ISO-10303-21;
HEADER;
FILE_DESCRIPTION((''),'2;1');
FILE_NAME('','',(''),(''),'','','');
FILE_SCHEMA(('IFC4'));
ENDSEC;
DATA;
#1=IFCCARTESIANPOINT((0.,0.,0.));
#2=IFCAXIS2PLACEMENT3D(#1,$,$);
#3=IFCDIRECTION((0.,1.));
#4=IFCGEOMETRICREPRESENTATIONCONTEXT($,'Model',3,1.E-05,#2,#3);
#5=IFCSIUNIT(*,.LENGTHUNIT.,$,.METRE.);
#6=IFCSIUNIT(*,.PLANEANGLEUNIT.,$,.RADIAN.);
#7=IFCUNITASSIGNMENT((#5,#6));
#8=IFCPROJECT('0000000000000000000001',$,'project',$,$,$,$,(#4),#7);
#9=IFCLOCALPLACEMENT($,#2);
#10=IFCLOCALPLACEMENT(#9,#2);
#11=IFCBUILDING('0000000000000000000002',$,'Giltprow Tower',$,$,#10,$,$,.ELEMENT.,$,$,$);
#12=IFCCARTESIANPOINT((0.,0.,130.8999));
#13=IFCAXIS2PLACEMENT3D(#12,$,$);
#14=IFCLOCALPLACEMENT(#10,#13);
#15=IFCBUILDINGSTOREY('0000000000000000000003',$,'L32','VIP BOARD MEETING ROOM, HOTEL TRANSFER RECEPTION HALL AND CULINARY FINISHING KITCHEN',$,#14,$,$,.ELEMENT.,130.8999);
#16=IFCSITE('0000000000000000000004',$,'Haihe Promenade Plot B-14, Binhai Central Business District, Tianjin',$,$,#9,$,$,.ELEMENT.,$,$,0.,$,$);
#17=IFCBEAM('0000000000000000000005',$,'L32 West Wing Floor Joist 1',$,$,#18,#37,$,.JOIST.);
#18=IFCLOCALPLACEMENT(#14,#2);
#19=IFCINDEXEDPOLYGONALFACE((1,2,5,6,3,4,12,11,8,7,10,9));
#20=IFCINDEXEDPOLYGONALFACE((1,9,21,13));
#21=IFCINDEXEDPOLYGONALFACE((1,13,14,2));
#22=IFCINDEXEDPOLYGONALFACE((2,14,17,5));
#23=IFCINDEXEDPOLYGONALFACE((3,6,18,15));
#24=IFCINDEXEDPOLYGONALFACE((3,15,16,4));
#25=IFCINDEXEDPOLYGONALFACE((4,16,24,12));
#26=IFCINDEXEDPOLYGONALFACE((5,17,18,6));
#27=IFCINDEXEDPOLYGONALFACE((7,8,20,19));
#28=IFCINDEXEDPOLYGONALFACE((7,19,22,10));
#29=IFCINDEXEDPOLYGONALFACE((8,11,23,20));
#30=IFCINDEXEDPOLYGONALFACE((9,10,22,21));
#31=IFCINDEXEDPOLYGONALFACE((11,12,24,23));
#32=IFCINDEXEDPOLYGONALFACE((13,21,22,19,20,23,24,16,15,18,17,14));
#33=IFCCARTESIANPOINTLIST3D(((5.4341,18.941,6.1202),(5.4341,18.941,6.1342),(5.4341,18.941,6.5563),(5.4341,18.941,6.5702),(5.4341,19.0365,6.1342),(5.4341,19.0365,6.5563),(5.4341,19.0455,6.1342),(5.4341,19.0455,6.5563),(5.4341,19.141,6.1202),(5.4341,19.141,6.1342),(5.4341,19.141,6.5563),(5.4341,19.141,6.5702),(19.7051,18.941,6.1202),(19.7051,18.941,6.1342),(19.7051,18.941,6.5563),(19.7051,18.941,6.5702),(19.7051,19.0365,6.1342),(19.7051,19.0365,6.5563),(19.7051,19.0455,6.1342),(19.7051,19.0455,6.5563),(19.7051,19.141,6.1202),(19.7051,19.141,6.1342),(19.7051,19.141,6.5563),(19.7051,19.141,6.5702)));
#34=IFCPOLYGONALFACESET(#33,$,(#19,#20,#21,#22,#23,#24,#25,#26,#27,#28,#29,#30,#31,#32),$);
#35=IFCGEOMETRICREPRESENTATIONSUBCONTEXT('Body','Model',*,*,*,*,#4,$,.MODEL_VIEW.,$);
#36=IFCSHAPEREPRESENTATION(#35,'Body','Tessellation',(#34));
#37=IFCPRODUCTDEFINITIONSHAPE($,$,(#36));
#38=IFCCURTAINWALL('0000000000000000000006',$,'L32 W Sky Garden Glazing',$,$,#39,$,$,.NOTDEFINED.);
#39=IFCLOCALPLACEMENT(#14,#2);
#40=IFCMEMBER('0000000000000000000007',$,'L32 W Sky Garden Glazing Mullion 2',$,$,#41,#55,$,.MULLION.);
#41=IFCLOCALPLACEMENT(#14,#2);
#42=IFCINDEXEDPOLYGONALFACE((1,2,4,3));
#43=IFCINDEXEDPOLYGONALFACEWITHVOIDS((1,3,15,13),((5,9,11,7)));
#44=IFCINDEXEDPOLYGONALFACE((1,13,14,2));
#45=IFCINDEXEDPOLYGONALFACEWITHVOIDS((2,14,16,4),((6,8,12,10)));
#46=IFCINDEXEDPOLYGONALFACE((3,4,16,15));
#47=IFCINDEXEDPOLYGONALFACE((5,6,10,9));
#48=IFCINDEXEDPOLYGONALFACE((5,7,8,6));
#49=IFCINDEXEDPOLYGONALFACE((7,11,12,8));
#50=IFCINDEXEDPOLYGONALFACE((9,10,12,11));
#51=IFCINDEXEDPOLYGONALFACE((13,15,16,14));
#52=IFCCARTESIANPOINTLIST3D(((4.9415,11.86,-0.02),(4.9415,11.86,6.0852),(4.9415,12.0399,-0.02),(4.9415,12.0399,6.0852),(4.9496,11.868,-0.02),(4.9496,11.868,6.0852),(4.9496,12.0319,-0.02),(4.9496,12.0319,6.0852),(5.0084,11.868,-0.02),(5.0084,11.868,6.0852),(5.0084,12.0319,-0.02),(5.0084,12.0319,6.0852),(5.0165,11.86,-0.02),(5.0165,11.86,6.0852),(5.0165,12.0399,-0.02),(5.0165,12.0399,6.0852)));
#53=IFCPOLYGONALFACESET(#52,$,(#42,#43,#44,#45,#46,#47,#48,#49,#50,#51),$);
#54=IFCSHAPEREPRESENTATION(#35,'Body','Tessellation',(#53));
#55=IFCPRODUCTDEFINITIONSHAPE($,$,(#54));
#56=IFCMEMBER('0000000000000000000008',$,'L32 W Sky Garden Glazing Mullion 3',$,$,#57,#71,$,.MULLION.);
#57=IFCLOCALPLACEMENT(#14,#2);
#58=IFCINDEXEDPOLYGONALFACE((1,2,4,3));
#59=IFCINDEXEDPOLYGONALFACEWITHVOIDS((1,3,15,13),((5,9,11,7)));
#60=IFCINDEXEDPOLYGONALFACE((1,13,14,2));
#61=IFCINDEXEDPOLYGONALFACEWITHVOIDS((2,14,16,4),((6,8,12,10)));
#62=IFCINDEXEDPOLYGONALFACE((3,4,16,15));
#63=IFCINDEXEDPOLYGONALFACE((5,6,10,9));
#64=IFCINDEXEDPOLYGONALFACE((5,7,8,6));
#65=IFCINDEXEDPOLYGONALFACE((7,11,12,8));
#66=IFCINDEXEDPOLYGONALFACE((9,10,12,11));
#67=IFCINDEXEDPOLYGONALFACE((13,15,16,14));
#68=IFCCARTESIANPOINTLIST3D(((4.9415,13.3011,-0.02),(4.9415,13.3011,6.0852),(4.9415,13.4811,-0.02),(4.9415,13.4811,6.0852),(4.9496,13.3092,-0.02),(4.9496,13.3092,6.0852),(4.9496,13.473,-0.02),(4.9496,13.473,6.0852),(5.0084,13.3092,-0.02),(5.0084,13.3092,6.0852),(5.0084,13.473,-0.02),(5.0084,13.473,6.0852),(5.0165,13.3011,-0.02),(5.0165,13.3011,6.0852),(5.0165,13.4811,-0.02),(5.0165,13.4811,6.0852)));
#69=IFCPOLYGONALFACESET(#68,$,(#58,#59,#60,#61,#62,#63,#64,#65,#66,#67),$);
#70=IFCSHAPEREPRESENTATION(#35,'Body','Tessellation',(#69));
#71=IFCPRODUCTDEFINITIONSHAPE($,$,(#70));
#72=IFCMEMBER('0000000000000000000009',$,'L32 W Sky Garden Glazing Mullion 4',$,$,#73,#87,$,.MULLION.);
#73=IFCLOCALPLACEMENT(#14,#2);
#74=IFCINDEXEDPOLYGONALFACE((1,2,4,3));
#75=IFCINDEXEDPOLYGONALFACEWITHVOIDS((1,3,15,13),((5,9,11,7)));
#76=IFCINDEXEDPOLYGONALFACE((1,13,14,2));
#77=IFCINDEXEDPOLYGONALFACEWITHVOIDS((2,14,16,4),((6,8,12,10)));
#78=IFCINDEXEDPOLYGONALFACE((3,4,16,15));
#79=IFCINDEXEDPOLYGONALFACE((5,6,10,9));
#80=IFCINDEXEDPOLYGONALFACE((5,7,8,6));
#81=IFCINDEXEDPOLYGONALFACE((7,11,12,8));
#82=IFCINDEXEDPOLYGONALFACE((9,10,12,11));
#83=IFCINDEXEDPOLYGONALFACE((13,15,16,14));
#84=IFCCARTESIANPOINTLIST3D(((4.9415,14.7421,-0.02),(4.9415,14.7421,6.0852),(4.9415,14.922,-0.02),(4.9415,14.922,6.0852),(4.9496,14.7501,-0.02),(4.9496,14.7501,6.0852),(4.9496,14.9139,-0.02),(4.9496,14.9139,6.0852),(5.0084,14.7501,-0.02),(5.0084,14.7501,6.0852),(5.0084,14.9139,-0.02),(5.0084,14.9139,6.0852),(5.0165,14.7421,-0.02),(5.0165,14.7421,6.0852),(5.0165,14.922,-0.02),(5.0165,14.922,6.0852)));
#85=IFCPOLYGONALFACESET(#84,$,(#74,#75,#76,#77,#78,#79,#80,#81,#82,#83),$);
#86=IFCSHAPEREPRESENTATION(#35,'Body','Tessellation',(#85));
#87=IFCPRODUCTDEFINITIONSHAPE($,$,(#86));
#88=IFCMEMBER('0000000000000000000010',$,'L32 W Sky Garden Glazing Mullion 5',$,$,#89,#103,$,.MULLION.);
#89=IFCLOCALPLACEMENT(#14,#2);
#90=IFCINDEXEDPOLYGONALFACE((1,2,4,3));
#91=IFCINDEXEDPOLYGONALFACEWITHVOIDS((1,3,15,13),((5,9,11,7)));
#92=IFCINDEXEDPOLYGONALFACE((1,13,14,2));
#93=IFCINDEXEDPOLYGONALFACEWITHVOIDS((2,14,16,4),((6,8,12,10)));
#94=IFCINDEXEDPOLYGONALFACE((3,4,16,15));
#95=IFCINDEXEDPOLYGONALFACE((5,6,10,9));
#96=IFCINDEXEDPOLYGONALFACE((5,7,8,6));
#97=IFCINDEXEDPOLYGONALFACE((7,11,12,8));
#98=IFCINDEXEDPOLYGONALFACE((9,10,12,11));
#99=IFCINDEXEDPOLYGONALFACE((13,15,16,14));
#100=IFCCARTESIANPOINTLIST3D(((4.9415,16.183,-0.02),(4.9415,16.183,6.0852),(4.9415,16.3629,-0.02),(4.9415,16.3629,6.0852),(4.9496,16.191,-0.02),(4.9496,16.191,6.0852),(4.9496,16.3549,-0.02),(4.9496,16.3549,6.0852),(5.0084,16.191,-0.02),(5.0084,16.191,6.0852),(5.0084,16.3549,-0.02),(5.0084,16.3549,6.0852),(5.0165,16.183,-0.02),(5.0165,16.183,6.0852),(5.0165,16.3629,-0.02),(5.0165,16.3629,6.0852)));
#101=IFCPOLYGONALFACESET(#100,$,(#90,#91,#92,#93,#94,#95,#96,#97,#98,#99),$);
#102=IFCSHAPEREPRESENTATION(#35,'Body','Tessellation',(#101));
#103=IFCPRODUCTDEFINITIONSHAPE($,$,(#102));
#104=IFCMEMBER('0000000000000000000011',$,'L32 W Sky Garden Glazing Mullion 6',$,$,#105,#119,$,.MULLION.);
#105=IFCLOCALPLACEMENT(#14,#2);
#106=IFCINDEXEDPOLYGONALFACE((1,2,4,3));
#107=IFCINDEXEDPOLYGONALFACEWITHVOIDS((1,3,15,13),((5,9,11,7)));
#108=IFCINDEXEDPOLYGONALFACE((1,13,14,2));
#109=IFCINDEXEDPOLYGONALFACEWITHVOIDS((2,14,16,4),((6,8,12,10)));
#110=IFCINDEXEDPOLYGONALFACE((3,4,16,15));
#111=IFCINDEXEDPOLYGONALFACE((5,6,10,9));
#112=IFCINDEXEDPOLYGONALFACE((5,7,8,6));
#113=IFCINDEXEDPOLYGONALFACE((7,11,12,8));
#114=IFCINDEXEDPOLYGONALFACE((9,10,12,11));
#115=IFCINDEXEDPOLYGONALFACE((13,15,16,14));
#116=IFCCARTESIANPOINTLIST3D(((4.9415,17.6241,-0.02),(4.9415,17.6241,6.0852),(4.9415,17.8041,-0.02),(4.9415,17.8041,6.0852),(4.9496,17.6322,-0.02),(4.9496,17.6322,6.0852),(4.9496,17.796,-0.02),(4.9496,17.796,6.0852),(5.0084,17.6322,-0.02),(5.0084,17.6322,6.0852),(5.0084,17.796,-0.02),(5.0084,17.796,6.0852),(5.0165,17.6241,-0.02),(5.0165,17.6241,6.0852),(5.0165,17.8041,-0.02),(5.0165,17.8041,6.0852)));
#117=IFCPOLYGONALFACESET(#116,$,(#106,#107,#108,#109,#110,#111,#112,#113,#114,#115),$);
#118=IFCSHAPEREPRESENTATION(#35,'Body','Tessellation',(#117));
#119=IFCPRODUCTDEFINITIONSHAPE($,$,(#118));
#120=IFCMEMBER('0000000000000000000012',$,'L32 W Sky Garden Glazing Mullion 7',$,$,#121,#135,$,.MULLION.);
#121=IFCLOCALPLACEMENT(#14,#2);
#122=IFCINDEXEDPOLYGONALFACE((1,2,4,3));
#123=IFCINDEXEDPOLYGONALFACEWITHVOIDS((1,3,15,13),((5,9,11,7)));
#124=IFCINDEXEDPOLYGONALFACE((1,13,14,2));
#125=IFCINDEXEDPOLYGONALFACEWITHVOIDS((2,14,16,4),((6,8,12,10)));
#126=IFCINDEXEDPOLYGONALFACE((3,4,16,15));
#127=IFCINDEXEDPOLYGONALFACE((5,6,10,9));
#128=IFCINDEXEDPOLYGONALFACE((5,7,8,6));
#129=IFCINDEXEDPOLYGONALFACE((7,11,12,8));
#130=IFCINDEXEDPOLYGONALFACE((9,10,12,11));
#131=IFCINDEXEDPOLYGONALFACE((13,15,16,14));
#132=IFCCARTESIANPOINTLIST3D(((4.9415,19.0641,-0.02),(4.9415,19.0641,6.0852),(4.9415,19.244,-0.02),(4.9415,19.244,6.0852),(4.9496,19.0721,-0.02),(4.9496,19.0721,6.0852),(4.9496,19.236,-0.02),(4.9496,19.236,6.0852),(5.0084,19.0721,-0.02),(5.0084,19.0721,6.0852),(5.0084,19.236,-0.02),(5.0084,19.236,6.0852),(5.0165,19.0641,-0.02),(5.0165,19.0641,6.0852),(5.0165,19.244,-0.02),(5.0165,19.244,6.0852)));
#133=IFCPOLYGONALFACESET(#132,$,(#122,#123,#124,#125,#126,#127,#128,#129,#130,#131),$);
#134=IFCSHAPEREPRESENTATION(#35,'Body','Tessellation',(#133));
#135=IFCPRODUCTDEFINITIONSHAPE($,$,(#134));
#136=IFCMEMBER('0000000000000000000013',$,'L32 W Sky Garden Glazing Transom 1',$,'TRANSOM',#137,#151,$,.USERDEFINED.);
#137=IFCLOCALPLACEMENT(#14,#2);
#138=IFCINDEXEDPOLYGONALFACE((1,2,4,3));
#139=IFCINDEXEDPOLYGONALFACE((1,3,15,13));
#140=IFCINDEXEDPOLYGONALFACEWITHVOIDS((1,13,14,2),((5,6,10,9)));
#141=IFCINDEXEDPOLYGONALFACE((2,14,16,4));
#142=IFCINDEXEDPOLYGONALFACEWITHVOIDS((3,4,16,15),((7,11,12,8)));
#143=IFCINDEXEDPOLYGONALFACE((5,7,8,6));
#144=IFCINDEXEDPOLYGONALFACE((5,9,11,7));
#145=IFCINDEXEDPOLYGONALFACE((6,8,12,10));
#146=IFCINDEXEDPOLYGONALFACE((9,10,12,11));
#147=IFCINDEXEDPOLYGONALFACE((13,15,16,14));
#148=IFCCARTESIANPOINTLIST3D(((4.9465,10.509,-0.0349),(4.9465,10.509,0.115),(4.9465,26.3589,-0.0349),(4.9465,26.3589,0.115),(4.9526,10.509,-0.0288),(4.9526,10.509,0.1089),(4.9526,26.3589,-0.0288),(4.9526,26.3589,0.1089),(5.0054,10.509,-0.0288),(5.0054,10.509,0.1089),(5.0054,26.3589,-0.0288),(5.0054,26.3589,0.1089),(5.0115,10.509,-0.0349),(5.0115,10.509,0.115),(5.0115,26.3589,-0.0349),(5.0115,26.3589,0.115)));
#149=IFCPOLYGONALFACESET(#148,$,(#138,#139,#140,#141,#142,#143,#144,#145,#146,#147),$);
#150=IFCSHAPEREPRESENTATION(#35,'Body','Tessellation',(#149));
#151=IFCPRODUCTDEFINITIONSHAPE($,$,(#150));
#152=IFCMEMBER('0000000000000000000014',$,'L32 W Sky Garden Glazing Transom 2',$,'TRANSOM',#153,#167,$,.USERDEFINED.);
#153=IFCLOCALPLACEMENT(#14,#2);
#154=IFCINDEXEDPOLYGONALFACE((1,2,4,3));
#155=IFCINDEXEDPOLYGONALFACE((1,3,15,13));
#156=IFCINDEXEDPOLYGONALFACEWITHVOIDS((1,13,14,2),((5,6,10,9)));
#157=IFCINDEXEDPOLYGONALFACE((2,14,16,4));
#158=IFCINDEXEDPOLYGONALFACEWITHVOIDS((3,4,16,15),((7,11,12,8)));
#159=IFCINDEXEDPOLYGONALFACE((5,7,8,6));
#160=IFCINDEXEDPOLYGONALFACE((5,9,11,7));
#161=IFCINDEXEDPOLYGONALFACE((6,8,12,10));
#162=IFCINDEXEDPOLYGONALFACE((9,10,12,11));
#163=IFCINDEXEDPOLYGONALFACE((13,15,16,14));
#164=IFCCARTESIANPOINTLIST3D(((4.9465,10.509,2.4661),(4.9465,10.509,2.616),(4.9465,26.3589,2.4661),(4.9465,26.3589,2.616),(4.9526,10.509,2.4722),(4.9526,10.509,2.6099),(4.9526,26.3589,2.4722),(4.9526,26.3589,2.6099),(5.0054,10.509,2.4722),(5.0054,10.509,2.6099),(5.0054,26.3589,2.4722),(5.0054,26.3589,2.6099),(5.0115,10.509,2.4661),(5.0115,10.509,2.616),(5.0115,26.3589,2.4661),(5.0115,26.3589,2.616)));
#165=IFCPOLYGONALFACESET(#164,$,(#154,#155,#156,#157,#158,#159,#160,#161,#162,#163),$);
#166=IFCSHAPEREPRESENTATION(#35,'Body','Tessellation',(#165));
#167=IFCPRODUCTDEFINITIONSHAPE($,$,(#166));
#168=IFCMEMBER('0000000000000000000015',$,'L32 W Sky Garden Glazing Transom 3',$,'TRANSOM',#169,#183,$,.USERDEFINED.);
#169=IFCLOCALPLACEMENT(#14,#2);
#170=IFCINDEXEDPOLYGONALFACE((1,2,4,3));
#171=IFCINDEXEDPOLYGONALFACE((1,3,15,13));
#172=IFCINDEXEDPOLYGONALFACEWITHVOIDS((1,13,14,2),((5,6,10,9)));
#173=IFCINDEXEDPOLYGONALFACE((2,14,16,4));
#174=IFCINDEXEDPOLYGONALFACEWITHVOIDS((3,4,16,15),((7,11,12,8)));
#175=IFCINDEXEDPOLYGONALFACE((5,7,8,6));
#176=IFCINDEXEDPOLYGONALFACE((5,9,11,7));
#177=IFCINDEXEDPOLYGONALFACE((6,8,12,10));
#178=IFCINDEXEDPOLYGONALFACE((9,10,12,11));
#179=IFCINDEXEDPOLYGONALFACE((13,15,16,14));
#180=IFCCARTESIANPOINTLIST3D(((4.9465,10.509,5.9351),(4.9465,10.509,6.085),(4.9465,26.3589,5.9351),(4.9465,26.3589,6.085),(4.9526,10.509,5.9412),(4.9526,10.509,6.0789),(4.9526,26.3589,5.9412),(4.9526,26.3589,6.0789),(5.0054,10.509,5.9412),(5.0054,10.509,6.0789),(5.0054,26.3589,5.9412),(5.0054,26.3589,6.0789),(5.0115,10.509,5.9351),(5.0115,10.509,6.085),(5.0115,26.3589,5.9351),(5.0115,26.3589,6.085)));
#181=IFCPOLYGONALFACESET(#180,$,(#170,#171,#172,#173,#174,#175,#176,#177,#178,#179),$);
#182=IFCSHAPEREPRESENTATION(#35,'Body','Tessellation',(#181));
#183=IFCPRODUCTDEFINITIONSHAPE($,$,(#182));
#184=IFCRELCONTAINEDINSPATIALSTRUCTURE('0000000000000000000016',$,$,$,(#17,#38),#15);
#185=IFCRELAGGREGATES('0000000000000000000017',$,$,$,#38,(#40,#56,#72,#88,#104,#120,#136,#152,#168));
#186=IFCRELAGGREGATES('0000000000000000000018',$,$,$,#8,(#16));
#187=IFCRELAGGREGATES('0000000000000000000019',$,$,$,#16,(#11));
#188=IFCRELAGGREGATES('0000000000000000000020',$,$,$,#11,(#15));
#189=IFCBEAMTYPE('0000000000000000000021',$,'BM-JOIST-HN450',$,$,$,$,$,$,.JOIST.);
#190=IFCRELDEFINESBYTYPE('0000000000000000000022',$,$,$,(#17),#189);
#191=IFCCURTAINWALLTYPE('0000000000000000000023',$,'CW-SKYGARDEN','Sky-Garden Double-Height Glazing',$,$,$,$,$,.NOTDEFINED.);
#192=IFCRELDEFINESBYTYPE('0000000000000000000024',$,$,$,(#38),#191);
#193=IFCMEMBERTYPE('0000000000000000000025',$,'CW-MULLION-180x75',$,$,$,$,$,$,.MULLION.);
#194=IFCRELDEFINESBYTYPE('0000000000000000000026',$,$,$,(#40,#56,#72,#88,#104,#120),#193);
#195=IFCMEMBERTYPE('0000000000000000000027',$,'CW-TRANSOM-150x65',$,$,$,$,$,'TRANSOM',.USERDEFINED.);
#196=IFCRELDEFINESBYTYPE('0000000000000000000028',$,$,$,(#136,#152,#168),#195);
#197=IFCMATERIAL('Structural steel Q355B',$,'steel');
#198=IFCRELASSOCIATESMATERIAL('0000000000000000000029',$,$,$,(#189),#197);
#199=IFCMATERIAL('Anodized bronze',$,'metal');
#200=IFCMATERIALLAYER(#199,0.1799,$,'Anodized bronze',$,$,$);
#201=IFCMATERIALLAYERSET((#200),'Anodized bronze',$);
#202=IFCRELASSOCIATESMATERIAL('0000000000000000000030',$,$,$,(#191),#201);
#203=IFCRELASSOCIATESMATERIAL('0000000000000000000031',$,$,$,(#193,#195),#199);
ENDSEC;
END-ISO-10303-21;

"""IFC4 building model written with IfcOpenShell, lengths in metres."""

from ifc_helpers import new_model, si_unit, direction, frame, origin, origin_2d, place, context, subcontext, project, spatial, hollow_rectangle, i_section, extrude, source, transform, mapped, material, layer, layer_set, material_profile, profile_set, type_object, element, aggregate, save


model = new_model("IFC4")

# Units and contexts
model_context = context("Model", 3, precision=1e-05, world=origin(), true_north=direction((0.0, 1.0)))
body_context = subcontext(model_context, "Body", "Model", "MODEL_VIEW")
ifc_project = project(units=[si_unit("LENGTHUNIT", "METRE"), si_unit("PLANEANGLEUNIT", "RADIAN")], contexts=[model_context])

# Site, building, storey
site_placement = place(None, origin())
site = spatial("IfcSite", under=ifc_project, at=site_placement, Name="Haihe Promenade Plot B-14, Binhai Central Business District, Tianjin", CompositionType="ELEMENT", RefElevation=0.0)
building_placement = place(site_placement, origin())
building = spatial("IfcBuilding", under=site, at=building_placement, Name="Giltprow Tower", CompositionType="ELEMENT")
storey_placement = place(building_placement, frame((0.0, 0.0, 130.8999)))
storey = spatial("IfcBuildingStorey", under=building, at=storey_placement, Name="L32", Description="VIP BOARD MEETING ROOM, HOTEL TRANSFER RECEPTION HALL AND CULINARY FINISHING KITCHEN", CompositionType="ELEMENT", Elevation=130.8999)

# Beam
ifc_material_1 = material(Name="Structural steel Q355B", Category="steel")
ifc_material_profile_1 = material_profile(ifc_material_1, i_section(OverallWidth=0.2, OverallDepth=0.45, WebThickness=0.009, FlangeThickness=0.0139, at=origin_2d()), Name="HN 450x200x9x14")
ifc_profile_set_1 = profile_set([ifc_material_profile_1], Name="Structural steel Q355B")
beam_type = type_object("IfcBeamType", Name="BM-JOIST-HN450", PredefinedType="JOIST", material=ifc_profile_set_1)
shared_shape_1 = source(origin(), body_context, "Body", "SweptSolid", [
    extrude(i_section(OverallWidth=0.2, OverallDepth=0.45, WebThickness=0.009, FlangeThickness=0.0139, at=origin_2d()), origin(), (0.0, 0.0, 1.0), 14.271),
])
beam_placement = place(storey_placement, frame((5.4341, 19.041, 6.3452), z_axis=(1.0, 0.0, 0.0), x_axis=(0.0, 1.0, 0.0)))
element("IfcBeam", 1, at=beam_placement, inside=storey, type_object=beam_type, Name="L32 West Wing Floor Joist 1", PredefinedType="JOIST", context=body_context, shape_type="MappedRepresentation", body=[
    mapped(shared_shape_1, transform((0.0, 0.0, 0.0), x_axis=(1.0, 0.0, 0.0), y_axis=(0.0, 1.0, 0.0), z_axis=(0.0, 0.0, 1.0), scale=1.0)),
])

# Curtain wall, members
ifc_material_2 = material(Name="Anodized bronze", Category="metal")
ifc_layer_1 = layer(ifc_material_2, 0.1799, Name="Anodized bronze")
ifc_layer_set_1 = layer_set([ifc_layer_1], Name="Anodized bronze")
curtain_wall_type = type_object("IfcCurtainWallType", Name="CW-SKYGARDEN", Description="Sky-Garden Double-Height Glazing", PredefinedType="NOTDEFINED", material=ifc_layer_set_1)
curtain_wall_placement = place(storey_placement, origin())
curtain_wall = element("IfcCurtainWall", 2, at=curtain_wall_placement, inside=storey, type_object=curtain_wall_type, Name="L32 W Sky Garden Glazing", PredefinedType="NOTDEFINED")
ifc_material_profile_2 = material_profile(ifc_material_2, hollow_rectangle(XDim=0.075, YDim=0.1799, WallThickness=0.0081, at=origin_2d()), Name="RHS 180x75x8")
ifc_profile_set_2 = profile_set([ifc_material_profile_2], Name="Anodized bronze")
member_type_1 = type_object("IfcMemberType", Name="CW-MULLION-180x75", PredefinedType="MULLION", material=ifc_profile_set_2)
shared_shape_2 = source(origin(), body_context, "Body", "SweptSolid", [
    extrude(hollow_rectangle(XDim=0.075, YDim=0.1799, WallThickness=0.0081, at=origin_2d()), origin(), (0.0, 0.0, 1.0), 6.1052),
])
member_1_placement = place(storey_placement, frame((4.979, 11.95, -0.02), z_axis=(0.0, 0.0, 1.0), x_axis=(1.0, 0.0, 0.0)))
member_1 = element("IfcMember", 3, at=member_1_placement, type_object=member_type_1, Name="L32 W Sky Garden Glazing Mullion 2", PredefinedType="MULLION", context=body_context, shape_type="MappedRepresentation", body=[
    mapped(shared_shape_2, transform((0.0, 0.0, 0.0), x_axis=(1.0, 0.0, 0.0), y_axis=(0.0, 1.0, 0.0), z_axis=(0.0, 0.0, 1.0), scale=1.0)),
])
member_2_placement = place(storey_placement, frame((4.979, 13.3911, -0.02), z_axis=(0.0, 0.0, 1.0), x_axis=(1.0, 0.0, 0.0)))
member_2 = element("IfcMember", 4, at=member_2_placement, type_object=member_type_1, Name="L32 W Sky Garden Glazing Mullion 3", PredefinedType="MULLION", context=body_context, shape_type="MappedRepresentation", body=[
    mapped(shared_shape_2, transform((0.0, 0.0, 0.0), x_axis=(1.0, 0.0, 0.0), y_axis=(0.0, 1.0, 0.0), z_axis=(0.0, 0.0, 1.0), scale=1.0)),
])
member_3_placement = place(storey_placement, frame((4.979, 14.832, -0.02), z_axis=(0.0, 0.0, 1.0), x_axis=(1.0, 0.0, 0.0)))
member_3 = element("IfcMember", 5, at=member_3_placement, type_object=member_type_1, Name="L32 W Sky Garden Glazing Mullion 4", PredefinedType="MULLION", context=body_context, shape_type="MappedRepresentation", body=[
    mapped(shared_shape_2, transform((0.0, 0.0, 0.0), x_axis=(1.0, 0.0, 0.0), y_axis=(0.0, 1.0, 0.0), z_axis=(0.0, 0.0, 1.0), scale=1.0)),
])
member_4_placement = place(storey_placement, frame((4.979, 16.2729, -0.02), z_axis=(0.0, 0.0, 1.0), x_axis=(1.0, 0.0, 0.0)))
member_4 = element("IfcMember", 6, at=member_4_placement, type_object=member_type_1, Name="L32 W Sky Garden Glazing Mullion 5", PredefinedType="MULLION", context=body_context, shape_type="MappedRepresentation", body=[
    mapped(shared_shape_2, transform((0.0, 0.0, 0.0), x_axis=(1.0, 0.0, 0.0), y_axis=(0.0, 1.0, 0.0), z_axis=(0.0, 0.0, 1.0), scale=1.0)),
])
member_5_placement = place(storey_placement, frame((4.979, 17.7141, -0.02), z_axis=(0.0, 0.0, 1.0), x_axis=(1.0, 0.0, 0.0)))
member_5 = element("IfcMember", 7, at=member_5_placement, type_object=member_type_1, Name="L32 W Sky Garden Glazing Mullion 6", PredefinedType="MULLION", context=body_context, shape_type="MappedRepresentation", body=[
    mapped(shared_shape_2, transform((0.0, 0.0, 0.0), x_axis=(1.0, 0.0, 0.0), y_axis=(0.0, 1.0, 0.0), z_axis=(0.0, 0.0, 1.0), scale=1.0)),
])
member_6_placement = place(storey_placement, frame((4.979, 19.1541, -0.02), z_axis=(0.0, 0.0, 1.0), x_axis=(1.0, 0.0, 0.0)))
member_6 = element("IfcMember", 8, at=member_6_placement, type_object=member_type_1, Name="L32 W Sky Garden Glazing Mullion 7", PredefinedType="MULLION", context=body_context, shape_type="MappedRepresentation", body=[
    mapped(shared_shape_2, transform((0.0, 0.0, 0.0), x_axis=(1.0, 0.0, 0.0), y_axis=(0.0, 1.0, 0.0), z_axis=(0.0, 0.0, 1.0), scale=1.0)),
])
ifc_material_profile_3 = material_profile(ifc_material_2, hollow_rectangle(XDim=0.0649, YDim=0.1499, WallThickness=0.0061, at=origin_2d()), Name="RHS 150x65x6")
ifc_profile_set_3 = profile_set([ifc_material_profile_3], Name="Anodized bronze")
member_type_2 = type_object("IfcMemberType", Name="CW-TRANSOM-150x65", ElementType="TRANSOM", PredefinedType="USERDEFINED", material=ifc_profile_set_3)
shared_shape_3 = source(origin(), body_context, "Body", "SweptSolid", [
    extrude(hollow_rectangle(XDim=0.0649, YDim=0.1499, WallThickness=0.0061, at=origin_2d()), origin(), (0.0, 0.0, 1.0), 15.8499),
])
member_7_placement = place(storey_placement, frame((4.979, 10.509, 0.04), z_axis=(0.0, 1.0, 0.0), x_axis=(-1.0, 0.0, 0.0)))
member_7 = element("IfcMember", 9, at=member_7_placement, type_object=member_type_2, Name="L32 W Sky Garden Glazing Transom 1", ObjectType="TRANSOM", PredefinedType="USERDEFINED", context=body_context, shape_type="MappedRepresentation", body=[
    mapped(shared_shape_3, transform((0.0, 0.0, 0.0), x_axis=(1.0, 0.0, 0.0), y_axis=(0.0, 1.0, 0.0), z_axis=(0.0, 0.0, 1.0), scale=1.0)),
])
member_8_placement = place(storey_placement, frame((4.979, 10.509, 2.541), z_axis=(0.0, 1.0, 0.0), x_axis=(-1.0, 0.0, 0.0)))
member_8 = element("IfcMember", 10, at=member_8_placement, type_object=member_type_2, Name="L32 W Sky Garden Glazing Transom 2", ObjectType="TRANSOM", PredefinedType="USERDEFINED", context=body_context, shape_type="MappedRepresentation", body=[
    mapped(shared_shape_3, transform((0.0, 0.0, 0.0), x_axis=(1.0, 0.0, 0.0), y_axis=(0.0, 1.0, 0.0), z_axis=(0.0, 0.0, 1.0), scale=1.0)),
])
member_9_placement = place(storey_placement, frame((4.979, 10.509, 6.01), z_axis=(0.0, 1.0, 0.0), x_axis=(-1.0, 0.0, 0.0)))
member_9 = element("IfcMember", 11, at=member_9_placement, type_object=member_type_2, Name="L32 W Sky Garden Glazing Transom 3", ObjectType="TRANSOM", PredefinedType="USERDEFINED", context=body_context, shape_type="MappedRepresentation", body=[
    mapped(shared_shape_3, transform((0.0, 0.0, 0.0), x_axis=(1.0, 0.0, 0.0), y_axis=(0.0, 1.0, 0.0), z_axis=(0.0, 0.0, 1.0), scale=1.0)),
])
aggregate(curtain_wall, [member_1, member_2, member_3, member_4, member_5, member_6, member_7, member_8, member_9])

save(model, "model.ifc")
